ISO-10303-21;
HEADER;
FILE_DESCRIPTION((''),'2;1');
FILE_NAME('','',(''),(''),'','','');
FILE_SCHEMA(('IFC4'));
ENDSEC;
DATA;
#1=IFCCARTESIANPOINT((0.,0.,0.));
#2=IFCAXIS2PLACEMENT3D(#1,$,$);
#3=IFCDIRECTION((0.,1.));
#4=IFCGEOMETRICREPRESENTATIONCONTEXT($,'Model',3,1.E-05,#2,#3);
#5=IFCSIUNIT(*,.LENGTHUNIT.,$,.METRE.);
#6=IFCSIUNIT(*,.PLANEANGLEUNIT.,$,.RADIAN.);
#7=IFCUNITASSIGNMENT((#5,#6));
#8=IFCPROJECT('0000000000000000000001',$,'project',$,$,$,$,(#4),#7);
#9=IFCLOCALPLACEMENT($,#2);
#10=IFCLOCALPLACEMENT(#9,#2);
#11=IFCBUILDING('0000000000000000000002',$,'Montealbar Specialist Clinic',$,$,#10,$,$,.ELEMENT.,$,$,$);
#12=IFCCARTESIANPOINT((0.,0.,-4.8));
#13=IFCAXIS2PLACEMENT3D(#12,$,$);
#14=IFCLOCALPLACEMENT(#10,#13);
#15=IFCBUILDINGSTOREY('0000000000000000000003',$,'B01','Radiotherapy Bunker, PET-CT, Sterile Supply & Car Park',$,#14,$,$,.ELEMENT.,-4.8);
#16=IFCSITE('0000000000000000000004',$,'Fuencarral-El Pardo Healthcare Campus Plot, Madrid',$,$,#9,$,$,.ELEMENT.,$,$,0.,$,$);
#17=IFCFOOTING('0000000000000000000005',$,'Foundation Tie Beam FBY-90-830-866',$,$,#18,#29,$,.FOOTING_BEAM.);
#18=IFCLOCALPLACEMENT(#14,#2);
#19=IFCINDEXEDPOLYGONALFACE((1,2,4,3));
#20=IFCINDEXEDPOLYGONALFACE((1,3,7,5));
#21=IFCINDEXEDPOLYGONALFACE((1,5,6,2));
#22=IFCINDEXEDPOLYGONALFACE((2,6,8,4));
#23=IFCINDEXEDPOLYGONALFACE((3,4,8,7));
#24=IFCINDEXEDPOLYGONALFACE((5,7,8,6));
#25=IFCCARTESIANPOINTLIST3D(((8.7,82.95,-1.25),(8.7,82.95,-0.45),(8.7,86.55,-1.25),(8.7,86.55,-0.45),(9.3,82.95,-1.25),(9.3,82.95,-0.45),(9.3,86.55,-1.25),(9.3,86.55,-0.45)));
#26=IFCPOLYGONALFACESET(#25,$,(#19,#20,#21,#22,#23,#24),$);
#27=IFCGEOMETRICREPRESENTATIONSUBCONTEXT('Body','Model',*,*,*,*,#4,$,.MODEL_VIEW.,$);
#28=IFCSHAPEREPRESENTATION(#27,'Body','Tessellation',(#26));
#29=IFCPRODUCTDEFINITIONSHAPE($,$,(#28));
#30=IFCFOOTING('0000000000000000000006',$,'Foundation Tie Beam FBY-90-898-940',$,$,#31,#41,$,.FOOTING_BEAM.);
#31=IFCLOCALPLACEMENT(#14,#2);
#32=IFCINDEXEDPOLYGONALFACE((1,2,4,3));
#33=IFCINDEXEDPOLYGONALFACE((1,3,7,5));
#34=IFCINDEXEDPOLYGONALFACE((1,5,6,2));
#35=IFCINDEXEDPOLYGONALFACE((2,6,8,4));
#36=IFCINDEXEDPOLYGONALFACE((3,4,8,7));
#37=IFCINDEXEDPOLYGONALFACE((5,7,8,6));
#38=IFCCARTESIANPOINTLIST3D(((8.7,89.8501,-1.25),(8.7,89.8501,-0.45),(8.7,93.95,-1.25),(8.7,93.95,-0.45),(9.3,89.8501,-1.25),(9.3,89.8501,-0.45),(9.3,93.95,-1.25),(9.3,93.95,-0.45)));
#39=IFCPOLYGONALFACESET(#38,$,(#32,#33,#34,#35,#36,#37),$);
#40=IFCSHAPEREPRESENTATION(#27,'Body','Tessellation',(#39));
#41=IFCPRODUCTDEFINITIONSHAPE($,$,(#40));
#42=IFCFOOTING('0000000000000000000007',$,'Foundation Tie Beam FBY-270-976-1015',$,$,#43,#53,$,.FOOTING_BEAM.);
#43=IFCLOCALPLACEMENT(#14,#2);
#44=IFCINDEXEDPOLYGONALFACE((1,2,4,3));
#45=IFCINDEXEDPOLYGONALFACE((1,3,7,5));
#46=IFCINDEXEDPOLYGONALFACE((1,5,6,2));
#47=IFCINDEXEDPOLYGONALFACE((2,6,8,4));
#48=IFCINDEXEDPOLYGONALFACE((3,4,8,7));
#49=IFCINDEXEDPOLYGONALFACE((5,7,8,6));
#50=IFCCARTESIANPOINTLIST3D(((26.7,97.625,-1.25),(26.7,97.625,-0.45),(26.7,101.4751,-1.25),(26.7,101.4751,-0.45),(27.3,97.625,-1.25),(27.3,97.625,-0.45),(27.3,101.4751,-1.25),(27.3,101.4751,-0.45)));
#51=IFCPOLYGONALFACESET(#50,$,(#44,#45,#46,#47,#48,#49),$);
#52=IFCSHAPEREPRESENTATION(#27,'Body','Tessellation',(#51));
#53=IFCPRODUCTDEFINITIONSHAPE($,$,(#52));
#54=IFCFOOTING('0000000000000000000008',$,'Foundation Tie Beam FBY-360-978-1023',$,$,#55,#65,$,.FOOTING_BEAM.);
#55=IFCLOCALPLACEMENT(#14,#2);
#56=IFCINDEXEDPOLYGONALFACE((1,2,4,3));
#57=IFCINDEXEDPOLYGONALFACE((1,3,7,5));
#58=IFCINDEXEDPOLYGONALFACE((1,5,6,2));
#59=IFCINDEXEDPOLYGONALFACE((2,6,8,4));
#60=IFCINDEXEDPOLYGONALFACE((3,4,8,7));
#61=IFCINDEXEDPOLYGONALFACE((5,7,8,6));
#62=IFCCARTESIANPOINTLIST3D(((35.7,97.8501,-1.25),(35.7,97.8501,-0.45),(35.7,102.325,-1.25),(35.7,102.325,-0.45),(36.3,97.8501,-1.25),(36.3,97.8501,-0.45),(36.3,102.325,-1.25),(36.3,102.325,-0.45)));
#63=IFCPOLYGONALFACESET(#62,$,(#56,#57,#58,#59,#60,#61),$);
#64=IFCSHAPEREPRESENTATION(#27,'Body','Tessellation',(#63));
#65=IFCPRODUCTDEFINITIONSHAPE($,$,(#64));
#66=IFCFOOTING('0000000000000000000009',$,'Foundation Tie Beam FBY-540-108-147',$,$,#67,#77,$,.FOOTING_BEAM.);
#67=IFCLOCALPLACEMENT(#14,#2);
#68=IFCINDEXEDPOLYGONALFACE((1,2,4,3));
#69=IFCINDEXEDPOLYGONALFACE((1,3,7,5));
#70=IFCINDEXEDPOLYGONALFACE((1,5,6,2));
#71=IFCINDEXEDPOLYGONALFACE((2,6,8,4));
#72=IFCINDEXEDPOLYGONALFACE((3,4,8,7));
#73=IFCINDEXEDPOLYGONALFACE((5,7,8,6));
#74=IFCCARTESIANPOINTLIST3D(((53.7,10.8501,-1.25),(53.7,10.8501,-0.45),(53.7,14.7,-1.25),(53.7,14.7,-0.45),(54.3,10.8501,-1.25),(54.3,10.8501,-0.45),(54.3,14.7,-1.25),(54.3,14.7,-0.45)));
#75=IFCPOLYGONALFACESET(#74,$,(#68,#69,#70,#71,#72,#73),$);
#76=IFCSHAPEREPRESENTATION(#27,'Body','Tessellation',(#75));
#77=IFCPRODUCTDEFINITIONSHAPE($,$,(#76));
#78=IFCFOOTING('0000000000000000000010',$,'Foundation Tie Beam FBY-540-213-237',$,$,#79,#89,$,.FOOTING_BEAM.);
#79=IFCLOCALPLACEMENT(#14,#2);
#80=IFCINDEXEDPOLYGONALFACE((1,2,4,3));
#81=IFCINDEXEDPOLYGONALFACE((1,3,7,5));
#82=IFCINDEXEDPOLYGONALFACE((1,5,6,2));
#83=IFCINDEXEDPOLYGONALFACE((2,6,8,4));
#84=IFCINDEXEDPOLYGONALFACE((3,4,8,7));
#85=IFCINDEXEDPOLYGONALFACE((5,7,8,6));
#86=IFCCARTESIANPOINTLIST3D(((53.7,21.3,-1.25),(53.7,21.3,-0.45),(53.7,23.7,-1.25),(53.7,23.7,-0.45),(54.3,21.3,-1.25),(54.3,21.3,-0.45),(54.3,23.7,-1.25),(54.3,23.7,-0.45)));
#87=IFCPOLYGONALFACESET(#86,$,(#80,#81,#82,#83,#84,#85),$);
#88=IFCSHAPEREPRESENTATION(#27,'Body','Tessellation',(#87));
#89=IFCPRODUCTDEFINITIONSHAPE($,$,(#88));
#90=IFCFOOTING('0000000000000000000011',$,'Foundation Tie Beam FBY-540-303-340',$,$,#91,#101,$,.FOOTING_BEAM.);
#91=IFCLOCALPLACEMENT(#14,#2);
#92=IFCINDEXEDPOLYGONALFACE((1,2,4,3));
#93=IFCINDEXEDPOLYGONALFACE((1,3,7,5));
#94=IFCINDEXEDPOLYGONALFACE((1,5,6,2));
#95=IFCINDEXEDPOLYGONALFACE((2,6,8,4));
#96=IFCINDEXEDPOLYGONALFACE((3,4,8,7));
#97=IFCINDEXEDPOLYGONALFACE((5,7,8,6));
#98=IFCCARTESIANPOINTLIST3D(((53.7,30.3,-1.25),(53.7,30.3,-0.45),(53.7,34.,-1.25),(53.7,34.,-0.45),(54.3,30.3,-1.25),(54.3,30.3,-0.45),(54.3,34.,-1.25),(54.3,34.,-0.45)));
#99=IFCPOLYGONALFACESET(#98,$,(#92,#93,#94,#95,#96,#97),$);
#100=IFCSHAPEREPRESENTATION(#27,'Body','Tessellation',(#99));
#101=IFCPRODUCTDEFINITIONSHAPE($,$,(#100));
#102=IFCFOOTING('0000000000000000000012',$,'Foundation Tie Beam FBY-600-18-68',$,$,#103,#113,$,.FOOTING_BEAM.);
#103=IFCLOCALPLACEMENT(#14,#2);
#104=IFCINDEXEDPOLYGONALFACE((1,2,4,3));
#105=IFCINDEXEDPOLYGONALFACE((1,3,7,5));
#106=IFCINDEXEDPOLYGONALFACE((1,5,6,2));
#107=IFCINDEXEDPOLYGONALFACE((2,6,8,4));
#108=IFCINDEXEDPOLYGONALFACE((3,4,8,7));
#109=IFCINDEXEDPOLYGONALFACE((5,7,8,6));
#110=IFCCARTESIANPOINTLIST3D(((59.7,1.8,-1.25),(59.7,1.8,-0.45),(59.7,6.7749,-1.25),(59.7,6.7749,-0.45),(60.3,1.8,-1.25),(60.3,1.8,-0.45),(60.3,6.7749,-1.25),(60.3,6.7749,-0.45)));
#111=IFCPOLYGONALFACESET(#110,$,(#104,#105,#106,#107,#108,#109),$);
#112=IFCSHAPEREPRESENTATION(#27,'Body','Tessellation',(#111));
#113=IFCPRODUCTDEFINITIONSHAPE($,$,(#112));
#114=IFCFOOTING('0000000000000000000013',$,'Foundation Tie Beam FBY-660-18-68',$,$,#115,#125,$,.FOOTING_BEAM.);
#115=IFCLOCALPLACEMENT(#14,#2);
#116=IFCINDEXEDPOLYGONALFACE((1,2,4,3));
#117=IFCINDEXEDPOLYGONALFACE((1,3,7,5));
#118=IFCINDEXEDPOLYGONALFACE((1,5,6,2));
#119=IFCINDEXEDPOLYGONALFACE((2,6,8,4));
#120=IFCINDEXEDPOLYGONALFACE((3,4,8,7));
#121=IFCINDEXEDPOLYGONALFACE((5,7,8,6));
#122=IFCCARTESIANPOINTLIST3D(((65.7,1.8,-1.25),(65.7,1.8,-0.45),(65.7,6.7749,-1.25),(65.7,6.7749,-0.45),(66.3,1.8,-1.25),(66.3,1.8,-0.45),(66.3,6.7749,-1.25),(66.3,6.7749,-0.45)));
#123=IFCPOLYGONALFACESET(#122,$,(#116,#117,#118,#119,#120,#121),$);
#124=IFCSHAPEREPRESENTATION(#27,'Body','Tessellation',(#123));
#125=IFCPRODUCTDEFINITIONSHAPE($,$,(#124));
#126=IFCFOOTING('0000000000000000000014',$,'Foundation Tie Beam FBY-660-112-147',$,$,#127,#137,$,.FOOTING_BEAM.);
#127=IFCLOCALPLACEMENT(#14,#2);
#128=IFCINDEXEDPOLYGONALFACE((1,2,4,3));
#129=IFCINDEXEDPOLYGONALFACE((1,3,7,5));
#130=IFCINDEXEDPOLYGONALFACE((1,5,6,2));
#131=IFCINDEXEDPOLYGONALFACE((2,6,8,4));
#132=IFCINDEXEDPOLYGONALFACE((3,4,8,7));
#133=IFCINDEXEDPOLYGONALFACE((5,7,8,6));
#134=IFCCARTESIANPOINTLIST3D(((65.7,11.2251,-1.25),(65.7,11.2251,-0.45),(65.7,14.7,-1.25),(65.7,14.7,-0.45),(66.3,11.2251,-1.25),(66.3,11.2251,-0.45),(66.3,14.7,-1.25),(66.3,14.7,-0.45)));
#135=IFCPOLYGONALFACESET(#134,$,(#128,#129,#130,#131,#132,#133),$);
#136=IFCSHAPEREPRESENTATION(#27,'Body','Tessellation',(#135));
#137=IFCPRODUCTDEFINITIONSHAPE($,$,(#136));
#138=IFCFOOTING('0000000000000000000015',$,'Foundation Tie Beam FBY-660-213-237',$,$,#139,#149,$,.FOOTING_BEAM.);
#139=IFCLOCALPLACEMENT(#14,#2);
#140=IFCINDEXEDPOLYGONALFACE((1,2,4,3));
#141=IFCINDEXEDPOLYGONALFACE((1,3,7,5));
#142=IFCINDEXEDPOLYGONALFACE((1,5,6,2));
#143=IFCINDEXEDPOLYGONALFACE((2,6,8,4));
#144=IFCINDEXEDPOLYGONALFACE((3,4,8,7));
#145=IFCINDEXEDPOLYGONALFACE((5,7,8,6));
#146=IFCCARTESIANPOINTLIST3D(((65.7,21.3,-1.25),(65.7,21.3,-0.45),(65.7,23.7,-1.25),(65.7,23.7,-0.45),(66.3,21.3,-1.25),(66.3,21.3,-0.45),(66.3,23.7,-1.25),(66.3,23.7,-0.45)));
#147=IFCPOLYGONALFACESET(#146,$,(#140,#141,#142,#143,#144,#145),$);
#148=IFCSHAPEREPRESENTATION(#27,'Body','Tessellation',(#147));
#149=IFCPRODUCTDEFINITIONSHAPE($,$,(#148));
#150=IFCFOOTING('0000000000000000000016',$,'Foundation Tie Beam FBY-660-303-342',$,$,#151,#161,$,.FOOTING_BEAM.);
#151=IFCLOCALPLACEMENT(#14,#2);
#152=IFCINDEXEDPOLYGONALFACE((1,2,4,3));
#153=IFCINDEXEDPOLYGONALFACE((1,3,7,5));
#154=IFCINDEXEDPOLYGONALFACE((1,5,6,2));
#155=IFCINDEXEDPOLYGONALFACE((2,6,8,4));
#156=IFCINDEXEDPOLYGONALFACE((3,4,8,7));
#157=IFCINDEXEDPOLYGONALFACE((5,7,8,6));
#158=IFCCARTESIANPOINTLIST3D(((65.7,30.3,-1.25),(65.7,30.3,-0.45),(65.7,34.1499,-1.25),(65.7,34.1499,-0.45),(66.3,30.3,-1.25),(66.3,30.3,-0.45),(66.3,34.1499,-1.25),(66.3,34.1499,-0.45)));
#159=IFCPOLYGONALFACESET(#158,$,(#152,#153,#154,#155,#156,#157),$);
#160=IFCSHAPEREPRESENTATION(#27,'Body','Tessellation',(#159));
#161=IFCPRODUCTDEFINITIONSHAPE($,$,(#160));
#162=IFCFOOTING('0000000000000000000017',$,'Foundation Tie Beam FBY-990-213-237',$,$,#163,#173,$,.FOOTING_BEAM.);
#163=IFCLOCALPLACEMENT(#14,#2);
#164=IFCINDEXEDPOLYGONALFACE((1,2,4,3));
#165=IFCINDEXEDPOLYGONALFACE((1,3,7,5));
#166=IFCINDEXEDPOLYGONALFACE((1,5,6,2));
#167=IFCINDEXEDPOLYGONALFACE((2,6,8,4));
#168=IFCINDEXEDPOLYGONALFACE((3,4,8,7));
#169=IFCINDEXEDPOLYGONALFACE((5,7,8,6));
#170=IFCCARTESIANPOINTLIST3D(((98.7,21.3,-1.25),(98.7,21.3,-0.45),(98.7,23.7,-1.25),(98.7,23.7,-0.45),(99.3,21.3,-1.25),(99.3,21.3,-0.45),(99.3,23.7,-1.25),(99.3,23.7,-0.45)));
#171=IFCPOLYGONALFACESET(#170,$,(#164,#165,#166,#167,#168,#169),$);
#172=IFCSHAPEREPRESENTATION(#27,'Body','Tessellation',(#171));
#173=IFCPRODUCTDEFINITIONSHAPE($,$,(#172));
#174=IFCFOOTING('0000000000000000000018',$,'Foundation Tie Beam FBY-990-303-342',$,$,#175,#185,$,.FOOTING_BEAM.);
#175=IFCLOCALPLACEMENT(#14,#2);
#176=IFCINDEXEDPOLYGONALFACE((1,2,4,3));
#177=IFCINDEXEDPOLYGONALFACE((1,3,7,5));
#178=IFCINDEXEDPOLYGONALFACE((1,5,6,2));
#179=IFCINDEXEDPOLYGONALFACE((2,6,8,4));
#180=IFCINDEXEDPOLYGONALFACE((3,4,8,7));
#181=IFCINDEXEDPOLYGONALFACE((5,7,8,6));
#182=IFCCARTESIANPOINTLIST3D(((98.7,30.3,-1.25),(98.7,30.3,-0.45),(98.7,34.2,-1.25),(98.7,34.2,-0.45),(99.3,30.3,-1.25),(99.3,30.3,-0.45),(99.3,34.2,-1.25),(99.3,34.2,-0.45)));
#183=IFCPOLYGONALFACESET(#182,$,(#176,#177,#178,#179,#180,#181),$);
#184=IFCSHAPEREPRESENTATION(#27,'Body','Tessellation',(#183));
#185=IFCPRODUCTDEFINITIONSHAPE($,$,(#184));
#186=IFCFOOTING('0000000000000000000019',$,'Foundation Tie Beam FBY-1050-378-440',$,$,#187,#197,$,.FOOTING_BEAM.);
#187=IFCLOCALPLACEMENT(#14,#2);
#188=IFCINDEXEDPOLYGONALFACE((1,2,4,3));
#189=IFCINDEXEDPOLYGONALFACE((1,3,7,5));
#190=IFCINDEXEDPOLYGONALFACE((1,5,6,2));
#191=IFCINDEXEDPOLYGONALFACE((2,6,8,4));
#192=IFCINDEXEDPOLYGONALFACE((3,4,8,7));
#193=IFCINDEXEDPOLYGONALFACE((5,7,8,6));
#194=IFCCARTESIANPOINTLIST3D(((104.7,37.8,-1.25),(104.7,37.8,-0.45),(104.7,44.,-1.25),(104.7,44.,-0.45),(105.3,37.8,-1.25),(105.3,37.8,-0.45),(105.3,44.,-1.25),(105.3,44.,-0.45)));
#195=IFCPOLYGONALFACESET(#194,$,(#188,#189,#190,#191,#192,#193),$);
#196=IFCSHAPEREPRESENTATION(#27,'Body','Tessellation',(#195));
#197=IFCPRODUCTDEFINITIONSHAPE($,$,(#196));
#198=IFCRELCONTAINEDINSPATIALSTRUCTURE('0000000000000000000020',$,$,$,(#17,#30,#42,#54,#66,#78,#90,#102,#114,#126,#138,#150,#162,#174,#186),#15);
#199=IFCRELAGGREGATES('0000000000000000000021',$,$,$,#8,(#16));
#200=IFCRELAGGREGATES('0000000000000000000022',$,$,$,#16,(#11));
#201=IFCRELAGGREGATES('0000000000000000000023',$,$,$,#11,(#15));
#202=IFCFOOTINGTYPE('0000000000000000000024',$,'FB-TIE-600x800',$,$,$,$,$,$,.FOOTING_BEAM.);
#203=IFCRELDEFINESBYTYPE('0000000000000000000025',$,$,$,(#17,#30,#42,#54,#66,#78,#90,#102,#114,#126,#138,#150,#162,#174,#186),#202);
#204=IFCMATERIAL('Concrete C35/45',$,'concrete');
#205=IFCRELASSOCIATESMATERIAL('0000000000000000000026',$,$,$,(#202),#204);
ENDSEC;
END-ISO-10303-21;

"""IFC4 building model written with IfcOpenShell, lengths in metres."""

from ifc_helpers import new_model, si_unit, direction, frame, origin, place, context, subcontext, project, spatial, polyline, outline, extrude, material, type_object, element, save


model = new_model("IFC4")

# Units and contexts
model_context = context("Model", 3, precision=1e-05, world=origin(), true_north=direction((0.0, 1.0)))
body_context = subcontext(model_context, "Body", "Model", "MODEL_VIEW")
ifc_project = project(units=[si_unit("LENGTHUNIT", "METRE"), si_unit("PLANEANGLEUNIT", "RADIAN")], contexts=[model_context])

# Site, building, storey
site_placement = place(None, origin())
site = spatial("IfcSite", under=ifc_project, at=site_placement, Name="Fuencarral-El Pardo Healthcare Campus Plot, Madrid", CompositionType="ELEMENT", RefElevation=0.0)
building_placement = place(site_placement, origin())
building = spatial("IfcBuilding", under=site, at=building_placement, Name="Montealbar Specialist Clinic", CompositionType="ELEMENT")
storey_placement = place(building_placement, frame((0.0, 0.0, -4.8)))
storey = spatial("IfcBuildingStorey", under=building, at=storey_placement, Name="B01", Description="Radiotherapy Bunker, PET-CT, Sterile Supply & Car Park", CompositionType="ELEMENT", Elevation=-4.8)

# Footings
ifc_material = material(Name="Concrete C35/45", Category="concrete")
footing_type = type_object("IfcFootingType", Name="FB-TIE-600x800", PredefinedType="FOOTING_BEAM", material=ifc_material)
footing_1_placement = place(storey_placement, frame((0.0, 0.0, -1.25)))
element("IfcFooting", 1, at=footing_1_placement, inside=storey, type_object=footing_type, Name="Foundation Tie Beam FBY-90-830-866", PredefinedType="FOOTING_BEAM", context=body_context, shape_type="SweptSolid", body=[
    extrude(outline(polyline([(8.7, 82.95), (9.3, 82.95), (9.3, 86.55), (8.7, 86.55), (8.7, 82.95)])), origin(), (0.0, 0.0, 1.0), 0.8),
])
footing_2_placement = place(storey_placement, frame((0.0, 0.0, -1.25)))
element("IfcFooting", 2, at=footing_2_placement, inside=storey, type_object=footing_type, Name="Foundation Tie Beam FBY-90-898-940", PredefinedType="FOOTING_BEAM", context=body_context, shape_type="SweptSolid", body=[
    extrude(outline(polyline([(8.7, 89.8501), (9.3, 89.8501), (9.3, 93.95), (8.7, 93.95), (8.7, 89.8501)])), origin(), (0.0, 0.0, 1.0), 0.8),
])
footing_3_placement = place(storey_placement, frame((0.0, 0.0, -1.25)))
element("IfcFooting", 3, at=footing_3_placement, inside=storey, type_object=footing_type, Name="Foundation Tie Beam FBY-270-976-1015", PredefinedType="FOOTING_BEAM", context=body_context, shape_type="SweptSolid", body=[
    extrude(outline(polyline([(26.7, 97.625), (27.3, 97.625), (27.3, 101.4751), (26.7, 101.4751), (26.7, 97.625)])), origin(), (0.0, 0.0, 1.0), 0.8),
])
footing_4_placement = place(storey_placement, frame((0.0, 0.0, -1.25)))
element("IfcFooting", 4, at=footing_4_placement, inside=storey, type_object=footing_type, Name="Foundation Tie Beam FBY-360-978-1023", PredefinedType="FOOTING_BEAM", context=body_context, shape_type="SweptSolid", body=[
    extrude(outline(polyline([(35.7, 97.8501), (36.3, 97.8501), (36.3, 102.325), (35.7, 102.325), (35.7, 97.8501)])), origin(), (0.0, 0.0, 1.0), 0.8),
])
footing_5_placement = place(storey_placement, frame((0.0, 0.0, -1.25)))
element("IfcFooting", 5, at=footing_5_placement, inside=storey, type_object=footing_type, Name="Foundation Tie Beam FBY-540-108-147", PredefinedType="FOOTING_BEAM", context=body_context, shape_type="SweptSolid", body=[
    extrude(outline(polyline([(53.7, 10.8501), (54.3, 10.8501), (54.3, 14.7), (53.7, 14.7), (53.7, 10.8501)])), origin(), (0.0, 0.0, 1.0), 0.8),
])
footing_6_placement = place(storey_placement, frame((0.0, 0.0, -1.25)))
element("IfcFooting", 6, at=footing_6_placement, inside=storey, type_object=footing_type, Name="Foundation Tie Beam FBY-540-213-237", PredefinedType="FOOTING_BEAM", context=body_context, shape_type="SweptSolid", body=[
    extrude(outline(polyline([(53.7, 21.3), (54.3, 21.3), (54.3, 23.7), (53.7, 23.7), (53.7, 21.3)])), origin(), (0.0, 0.0, 1.0), 0.8),
])
footing_7_placement = place(storey_placement, frame((0.0, 0.0, -1.25)))
element("IfcFooting", 7, at=footing_7_placement, inside=storey, type_object=footing_type, Name="Foundation Tie Beam FBY-540-303-340", PredefinedType="FOOTING_BEAM", context=body_context, shape_type="SweptSolid", body=[
    extrude(outline(polyline([(53.7, 30.3), (54.3, 30.3), (54.3, 34.0), (53.7, 34.0), (53.7, 30.3)])), origin(), (0.0, 0.0, 1.0), 0.8),
])
footing_8_placement = place(storey_placement, frame((0.0, 0.0, -1.25)))
element("IfcFooting", 8, at=footing_8_placement, inside=storey, type_object=footing_type, Name="Foundation Tie Beam FBY-600-18-68", PredefinedType="FOOTING_BEAM", context=body_context, shape_type="SweptSolid", body=[
    extrude(outline(polyline([(59.7, 1.8), (60.3, 1.8), (60.3, 6.7749), (59.7, 6.7749), (59.7, 1.8)])), origin(), (0.0, 0.0, 1.0), 0.8),
])
footing_9_placement = place(storey_placement, frame((0.0, 0.0, -1.25)))
element("IfcFooting", 9, at=footing_9_placement, inside=storey, type_object=footing_type, Name="Foundation Tie Beam FBY-660-18-68", PredefinedType="FOOTING_BEAM", context=body_context, shape_type="SweptSolid", body=[
    extrude(outline(polyline([(65.7, 1.8), (66.3, 1.8), (66.3, 6.7749), (65.7, 6.7749), (65.7, 1.8)])), origin(), (0.0, 0.0, 1.0), 0.8),
])
footing_10_placement = place(storey_placement, frame((0.0, 0.0, -1.25)))
element("IfcFooting", 10, at=footing_10_placement, inside=storey, type_object=footing_type, Name="Foundation Tie Beam FBY-660-112-147", PredefinedType="FOOTING_BEAM", context=body_context, shape_type="SweptSolid", body=[
    extrude(outline(polyline([(65.7, 11.2251), (66.3, 11.2251), (66.3, 14.7), (65.7, 14.7), (65.7, 11.2251)])), origin(), (0.0, 0.0, 1.0), 0.8),
])
footing_11_placement = place(storey_placement, frame((0.0, 0.0, -1.25)))
element("IfcFooting", 11, at=footing_11_placement, inside=storey, type_object=footing_type, Name="Foundation Tie Beam FBY-660-213-237", PredefinedType="FOOTING_BEAM", context=body_context, shape_type="SweptSolid", body=[
    extrude(outline(polyline([(65.7, 21.3), (66.3, 21.3), (66.3, 23.7), (65.7, 23.7), (65.7, 21.3)])), origin(), (0.0, 0.0, 1.0), 0.8),
])
footing_12_placement = place(storey_placement, frame((0.0, 0.0, -1.25)))
element("IfcFooting", 12, at=footing_12_placement, inside=storey, type_object=footing_type, Name="Foundation Tie Beam FBY-660-303-342", PredefinedType="FOOTING_BEAM", context=body_context, shape_type="SweptSolid", body=[
    extrude(outline(polyline([(65.7, 30.3), (66.3, 30.3), (66.3, 34.1499), (65.7, 34.1499), (65.7, 30.3)])), origin(), (0.0, 0.0, 1.0), 0.8),
])
footing_13_placement = place(storey_placement, frame((0.0, 0.0, -1.25)))
element("IfcFooting", 13, at=footing_13_placement, inside=storey, type_object=footing_type, Name="Foundation Tie Beam FBY-990-213-237", PredefinedType="FOOTING_BEAM", context=body_context, shape_type="SweptSolid", body=[
    extrude(outline(polyline([(98.7, 21.3), (99.3, 21.3), (99.3, 23.7), (98.7, 23.7), (98.7, 21.3)])), origin(), (0.0, 0.0, 1.0), 0.8),
])
footing_14_placement = place(storey_placement, frame((0.0, 0.0, -1.25)))
element("IfcFooting", 14, at=footing_14_placement, inside=storey, type_object=footing_type, Name="Foundation Tie Beam FBY-990-303-342", PredefinedType="FOOTING_BEAM", context=body_context, shape_type="SweptSolid", body=[
    extrude(outline(polyline([(98.7, 30.3), (99.3, 30.3), (99.3, 34.2), (98.7, 34.2), (98.7, 30.3)])), origin(), (0.0, 0.0, 1.0), 0.8),
])
footing_15_placement = place(storey_placement, frame((0.0, 0.0, -1.25)))
element("IfcFooting", 15, at=footing_15_placement, inside=storey, type_object=footing_type, Name="Foundation Tie Beam FBY-1050-378-440", PredefinedType="FOOTING_BEAM", context=body_context, shape_type="SweptSolid", body=[
    extrude(outline(polyline([(104.7, 37.8), (105.3, 37.8), (105.3, 44.0), (104.7, 44.0), (104.7, 37.8)])), origin(), (0.0, 0.0, 1.0), 0.8),
])

save(model, "model.ifc")
